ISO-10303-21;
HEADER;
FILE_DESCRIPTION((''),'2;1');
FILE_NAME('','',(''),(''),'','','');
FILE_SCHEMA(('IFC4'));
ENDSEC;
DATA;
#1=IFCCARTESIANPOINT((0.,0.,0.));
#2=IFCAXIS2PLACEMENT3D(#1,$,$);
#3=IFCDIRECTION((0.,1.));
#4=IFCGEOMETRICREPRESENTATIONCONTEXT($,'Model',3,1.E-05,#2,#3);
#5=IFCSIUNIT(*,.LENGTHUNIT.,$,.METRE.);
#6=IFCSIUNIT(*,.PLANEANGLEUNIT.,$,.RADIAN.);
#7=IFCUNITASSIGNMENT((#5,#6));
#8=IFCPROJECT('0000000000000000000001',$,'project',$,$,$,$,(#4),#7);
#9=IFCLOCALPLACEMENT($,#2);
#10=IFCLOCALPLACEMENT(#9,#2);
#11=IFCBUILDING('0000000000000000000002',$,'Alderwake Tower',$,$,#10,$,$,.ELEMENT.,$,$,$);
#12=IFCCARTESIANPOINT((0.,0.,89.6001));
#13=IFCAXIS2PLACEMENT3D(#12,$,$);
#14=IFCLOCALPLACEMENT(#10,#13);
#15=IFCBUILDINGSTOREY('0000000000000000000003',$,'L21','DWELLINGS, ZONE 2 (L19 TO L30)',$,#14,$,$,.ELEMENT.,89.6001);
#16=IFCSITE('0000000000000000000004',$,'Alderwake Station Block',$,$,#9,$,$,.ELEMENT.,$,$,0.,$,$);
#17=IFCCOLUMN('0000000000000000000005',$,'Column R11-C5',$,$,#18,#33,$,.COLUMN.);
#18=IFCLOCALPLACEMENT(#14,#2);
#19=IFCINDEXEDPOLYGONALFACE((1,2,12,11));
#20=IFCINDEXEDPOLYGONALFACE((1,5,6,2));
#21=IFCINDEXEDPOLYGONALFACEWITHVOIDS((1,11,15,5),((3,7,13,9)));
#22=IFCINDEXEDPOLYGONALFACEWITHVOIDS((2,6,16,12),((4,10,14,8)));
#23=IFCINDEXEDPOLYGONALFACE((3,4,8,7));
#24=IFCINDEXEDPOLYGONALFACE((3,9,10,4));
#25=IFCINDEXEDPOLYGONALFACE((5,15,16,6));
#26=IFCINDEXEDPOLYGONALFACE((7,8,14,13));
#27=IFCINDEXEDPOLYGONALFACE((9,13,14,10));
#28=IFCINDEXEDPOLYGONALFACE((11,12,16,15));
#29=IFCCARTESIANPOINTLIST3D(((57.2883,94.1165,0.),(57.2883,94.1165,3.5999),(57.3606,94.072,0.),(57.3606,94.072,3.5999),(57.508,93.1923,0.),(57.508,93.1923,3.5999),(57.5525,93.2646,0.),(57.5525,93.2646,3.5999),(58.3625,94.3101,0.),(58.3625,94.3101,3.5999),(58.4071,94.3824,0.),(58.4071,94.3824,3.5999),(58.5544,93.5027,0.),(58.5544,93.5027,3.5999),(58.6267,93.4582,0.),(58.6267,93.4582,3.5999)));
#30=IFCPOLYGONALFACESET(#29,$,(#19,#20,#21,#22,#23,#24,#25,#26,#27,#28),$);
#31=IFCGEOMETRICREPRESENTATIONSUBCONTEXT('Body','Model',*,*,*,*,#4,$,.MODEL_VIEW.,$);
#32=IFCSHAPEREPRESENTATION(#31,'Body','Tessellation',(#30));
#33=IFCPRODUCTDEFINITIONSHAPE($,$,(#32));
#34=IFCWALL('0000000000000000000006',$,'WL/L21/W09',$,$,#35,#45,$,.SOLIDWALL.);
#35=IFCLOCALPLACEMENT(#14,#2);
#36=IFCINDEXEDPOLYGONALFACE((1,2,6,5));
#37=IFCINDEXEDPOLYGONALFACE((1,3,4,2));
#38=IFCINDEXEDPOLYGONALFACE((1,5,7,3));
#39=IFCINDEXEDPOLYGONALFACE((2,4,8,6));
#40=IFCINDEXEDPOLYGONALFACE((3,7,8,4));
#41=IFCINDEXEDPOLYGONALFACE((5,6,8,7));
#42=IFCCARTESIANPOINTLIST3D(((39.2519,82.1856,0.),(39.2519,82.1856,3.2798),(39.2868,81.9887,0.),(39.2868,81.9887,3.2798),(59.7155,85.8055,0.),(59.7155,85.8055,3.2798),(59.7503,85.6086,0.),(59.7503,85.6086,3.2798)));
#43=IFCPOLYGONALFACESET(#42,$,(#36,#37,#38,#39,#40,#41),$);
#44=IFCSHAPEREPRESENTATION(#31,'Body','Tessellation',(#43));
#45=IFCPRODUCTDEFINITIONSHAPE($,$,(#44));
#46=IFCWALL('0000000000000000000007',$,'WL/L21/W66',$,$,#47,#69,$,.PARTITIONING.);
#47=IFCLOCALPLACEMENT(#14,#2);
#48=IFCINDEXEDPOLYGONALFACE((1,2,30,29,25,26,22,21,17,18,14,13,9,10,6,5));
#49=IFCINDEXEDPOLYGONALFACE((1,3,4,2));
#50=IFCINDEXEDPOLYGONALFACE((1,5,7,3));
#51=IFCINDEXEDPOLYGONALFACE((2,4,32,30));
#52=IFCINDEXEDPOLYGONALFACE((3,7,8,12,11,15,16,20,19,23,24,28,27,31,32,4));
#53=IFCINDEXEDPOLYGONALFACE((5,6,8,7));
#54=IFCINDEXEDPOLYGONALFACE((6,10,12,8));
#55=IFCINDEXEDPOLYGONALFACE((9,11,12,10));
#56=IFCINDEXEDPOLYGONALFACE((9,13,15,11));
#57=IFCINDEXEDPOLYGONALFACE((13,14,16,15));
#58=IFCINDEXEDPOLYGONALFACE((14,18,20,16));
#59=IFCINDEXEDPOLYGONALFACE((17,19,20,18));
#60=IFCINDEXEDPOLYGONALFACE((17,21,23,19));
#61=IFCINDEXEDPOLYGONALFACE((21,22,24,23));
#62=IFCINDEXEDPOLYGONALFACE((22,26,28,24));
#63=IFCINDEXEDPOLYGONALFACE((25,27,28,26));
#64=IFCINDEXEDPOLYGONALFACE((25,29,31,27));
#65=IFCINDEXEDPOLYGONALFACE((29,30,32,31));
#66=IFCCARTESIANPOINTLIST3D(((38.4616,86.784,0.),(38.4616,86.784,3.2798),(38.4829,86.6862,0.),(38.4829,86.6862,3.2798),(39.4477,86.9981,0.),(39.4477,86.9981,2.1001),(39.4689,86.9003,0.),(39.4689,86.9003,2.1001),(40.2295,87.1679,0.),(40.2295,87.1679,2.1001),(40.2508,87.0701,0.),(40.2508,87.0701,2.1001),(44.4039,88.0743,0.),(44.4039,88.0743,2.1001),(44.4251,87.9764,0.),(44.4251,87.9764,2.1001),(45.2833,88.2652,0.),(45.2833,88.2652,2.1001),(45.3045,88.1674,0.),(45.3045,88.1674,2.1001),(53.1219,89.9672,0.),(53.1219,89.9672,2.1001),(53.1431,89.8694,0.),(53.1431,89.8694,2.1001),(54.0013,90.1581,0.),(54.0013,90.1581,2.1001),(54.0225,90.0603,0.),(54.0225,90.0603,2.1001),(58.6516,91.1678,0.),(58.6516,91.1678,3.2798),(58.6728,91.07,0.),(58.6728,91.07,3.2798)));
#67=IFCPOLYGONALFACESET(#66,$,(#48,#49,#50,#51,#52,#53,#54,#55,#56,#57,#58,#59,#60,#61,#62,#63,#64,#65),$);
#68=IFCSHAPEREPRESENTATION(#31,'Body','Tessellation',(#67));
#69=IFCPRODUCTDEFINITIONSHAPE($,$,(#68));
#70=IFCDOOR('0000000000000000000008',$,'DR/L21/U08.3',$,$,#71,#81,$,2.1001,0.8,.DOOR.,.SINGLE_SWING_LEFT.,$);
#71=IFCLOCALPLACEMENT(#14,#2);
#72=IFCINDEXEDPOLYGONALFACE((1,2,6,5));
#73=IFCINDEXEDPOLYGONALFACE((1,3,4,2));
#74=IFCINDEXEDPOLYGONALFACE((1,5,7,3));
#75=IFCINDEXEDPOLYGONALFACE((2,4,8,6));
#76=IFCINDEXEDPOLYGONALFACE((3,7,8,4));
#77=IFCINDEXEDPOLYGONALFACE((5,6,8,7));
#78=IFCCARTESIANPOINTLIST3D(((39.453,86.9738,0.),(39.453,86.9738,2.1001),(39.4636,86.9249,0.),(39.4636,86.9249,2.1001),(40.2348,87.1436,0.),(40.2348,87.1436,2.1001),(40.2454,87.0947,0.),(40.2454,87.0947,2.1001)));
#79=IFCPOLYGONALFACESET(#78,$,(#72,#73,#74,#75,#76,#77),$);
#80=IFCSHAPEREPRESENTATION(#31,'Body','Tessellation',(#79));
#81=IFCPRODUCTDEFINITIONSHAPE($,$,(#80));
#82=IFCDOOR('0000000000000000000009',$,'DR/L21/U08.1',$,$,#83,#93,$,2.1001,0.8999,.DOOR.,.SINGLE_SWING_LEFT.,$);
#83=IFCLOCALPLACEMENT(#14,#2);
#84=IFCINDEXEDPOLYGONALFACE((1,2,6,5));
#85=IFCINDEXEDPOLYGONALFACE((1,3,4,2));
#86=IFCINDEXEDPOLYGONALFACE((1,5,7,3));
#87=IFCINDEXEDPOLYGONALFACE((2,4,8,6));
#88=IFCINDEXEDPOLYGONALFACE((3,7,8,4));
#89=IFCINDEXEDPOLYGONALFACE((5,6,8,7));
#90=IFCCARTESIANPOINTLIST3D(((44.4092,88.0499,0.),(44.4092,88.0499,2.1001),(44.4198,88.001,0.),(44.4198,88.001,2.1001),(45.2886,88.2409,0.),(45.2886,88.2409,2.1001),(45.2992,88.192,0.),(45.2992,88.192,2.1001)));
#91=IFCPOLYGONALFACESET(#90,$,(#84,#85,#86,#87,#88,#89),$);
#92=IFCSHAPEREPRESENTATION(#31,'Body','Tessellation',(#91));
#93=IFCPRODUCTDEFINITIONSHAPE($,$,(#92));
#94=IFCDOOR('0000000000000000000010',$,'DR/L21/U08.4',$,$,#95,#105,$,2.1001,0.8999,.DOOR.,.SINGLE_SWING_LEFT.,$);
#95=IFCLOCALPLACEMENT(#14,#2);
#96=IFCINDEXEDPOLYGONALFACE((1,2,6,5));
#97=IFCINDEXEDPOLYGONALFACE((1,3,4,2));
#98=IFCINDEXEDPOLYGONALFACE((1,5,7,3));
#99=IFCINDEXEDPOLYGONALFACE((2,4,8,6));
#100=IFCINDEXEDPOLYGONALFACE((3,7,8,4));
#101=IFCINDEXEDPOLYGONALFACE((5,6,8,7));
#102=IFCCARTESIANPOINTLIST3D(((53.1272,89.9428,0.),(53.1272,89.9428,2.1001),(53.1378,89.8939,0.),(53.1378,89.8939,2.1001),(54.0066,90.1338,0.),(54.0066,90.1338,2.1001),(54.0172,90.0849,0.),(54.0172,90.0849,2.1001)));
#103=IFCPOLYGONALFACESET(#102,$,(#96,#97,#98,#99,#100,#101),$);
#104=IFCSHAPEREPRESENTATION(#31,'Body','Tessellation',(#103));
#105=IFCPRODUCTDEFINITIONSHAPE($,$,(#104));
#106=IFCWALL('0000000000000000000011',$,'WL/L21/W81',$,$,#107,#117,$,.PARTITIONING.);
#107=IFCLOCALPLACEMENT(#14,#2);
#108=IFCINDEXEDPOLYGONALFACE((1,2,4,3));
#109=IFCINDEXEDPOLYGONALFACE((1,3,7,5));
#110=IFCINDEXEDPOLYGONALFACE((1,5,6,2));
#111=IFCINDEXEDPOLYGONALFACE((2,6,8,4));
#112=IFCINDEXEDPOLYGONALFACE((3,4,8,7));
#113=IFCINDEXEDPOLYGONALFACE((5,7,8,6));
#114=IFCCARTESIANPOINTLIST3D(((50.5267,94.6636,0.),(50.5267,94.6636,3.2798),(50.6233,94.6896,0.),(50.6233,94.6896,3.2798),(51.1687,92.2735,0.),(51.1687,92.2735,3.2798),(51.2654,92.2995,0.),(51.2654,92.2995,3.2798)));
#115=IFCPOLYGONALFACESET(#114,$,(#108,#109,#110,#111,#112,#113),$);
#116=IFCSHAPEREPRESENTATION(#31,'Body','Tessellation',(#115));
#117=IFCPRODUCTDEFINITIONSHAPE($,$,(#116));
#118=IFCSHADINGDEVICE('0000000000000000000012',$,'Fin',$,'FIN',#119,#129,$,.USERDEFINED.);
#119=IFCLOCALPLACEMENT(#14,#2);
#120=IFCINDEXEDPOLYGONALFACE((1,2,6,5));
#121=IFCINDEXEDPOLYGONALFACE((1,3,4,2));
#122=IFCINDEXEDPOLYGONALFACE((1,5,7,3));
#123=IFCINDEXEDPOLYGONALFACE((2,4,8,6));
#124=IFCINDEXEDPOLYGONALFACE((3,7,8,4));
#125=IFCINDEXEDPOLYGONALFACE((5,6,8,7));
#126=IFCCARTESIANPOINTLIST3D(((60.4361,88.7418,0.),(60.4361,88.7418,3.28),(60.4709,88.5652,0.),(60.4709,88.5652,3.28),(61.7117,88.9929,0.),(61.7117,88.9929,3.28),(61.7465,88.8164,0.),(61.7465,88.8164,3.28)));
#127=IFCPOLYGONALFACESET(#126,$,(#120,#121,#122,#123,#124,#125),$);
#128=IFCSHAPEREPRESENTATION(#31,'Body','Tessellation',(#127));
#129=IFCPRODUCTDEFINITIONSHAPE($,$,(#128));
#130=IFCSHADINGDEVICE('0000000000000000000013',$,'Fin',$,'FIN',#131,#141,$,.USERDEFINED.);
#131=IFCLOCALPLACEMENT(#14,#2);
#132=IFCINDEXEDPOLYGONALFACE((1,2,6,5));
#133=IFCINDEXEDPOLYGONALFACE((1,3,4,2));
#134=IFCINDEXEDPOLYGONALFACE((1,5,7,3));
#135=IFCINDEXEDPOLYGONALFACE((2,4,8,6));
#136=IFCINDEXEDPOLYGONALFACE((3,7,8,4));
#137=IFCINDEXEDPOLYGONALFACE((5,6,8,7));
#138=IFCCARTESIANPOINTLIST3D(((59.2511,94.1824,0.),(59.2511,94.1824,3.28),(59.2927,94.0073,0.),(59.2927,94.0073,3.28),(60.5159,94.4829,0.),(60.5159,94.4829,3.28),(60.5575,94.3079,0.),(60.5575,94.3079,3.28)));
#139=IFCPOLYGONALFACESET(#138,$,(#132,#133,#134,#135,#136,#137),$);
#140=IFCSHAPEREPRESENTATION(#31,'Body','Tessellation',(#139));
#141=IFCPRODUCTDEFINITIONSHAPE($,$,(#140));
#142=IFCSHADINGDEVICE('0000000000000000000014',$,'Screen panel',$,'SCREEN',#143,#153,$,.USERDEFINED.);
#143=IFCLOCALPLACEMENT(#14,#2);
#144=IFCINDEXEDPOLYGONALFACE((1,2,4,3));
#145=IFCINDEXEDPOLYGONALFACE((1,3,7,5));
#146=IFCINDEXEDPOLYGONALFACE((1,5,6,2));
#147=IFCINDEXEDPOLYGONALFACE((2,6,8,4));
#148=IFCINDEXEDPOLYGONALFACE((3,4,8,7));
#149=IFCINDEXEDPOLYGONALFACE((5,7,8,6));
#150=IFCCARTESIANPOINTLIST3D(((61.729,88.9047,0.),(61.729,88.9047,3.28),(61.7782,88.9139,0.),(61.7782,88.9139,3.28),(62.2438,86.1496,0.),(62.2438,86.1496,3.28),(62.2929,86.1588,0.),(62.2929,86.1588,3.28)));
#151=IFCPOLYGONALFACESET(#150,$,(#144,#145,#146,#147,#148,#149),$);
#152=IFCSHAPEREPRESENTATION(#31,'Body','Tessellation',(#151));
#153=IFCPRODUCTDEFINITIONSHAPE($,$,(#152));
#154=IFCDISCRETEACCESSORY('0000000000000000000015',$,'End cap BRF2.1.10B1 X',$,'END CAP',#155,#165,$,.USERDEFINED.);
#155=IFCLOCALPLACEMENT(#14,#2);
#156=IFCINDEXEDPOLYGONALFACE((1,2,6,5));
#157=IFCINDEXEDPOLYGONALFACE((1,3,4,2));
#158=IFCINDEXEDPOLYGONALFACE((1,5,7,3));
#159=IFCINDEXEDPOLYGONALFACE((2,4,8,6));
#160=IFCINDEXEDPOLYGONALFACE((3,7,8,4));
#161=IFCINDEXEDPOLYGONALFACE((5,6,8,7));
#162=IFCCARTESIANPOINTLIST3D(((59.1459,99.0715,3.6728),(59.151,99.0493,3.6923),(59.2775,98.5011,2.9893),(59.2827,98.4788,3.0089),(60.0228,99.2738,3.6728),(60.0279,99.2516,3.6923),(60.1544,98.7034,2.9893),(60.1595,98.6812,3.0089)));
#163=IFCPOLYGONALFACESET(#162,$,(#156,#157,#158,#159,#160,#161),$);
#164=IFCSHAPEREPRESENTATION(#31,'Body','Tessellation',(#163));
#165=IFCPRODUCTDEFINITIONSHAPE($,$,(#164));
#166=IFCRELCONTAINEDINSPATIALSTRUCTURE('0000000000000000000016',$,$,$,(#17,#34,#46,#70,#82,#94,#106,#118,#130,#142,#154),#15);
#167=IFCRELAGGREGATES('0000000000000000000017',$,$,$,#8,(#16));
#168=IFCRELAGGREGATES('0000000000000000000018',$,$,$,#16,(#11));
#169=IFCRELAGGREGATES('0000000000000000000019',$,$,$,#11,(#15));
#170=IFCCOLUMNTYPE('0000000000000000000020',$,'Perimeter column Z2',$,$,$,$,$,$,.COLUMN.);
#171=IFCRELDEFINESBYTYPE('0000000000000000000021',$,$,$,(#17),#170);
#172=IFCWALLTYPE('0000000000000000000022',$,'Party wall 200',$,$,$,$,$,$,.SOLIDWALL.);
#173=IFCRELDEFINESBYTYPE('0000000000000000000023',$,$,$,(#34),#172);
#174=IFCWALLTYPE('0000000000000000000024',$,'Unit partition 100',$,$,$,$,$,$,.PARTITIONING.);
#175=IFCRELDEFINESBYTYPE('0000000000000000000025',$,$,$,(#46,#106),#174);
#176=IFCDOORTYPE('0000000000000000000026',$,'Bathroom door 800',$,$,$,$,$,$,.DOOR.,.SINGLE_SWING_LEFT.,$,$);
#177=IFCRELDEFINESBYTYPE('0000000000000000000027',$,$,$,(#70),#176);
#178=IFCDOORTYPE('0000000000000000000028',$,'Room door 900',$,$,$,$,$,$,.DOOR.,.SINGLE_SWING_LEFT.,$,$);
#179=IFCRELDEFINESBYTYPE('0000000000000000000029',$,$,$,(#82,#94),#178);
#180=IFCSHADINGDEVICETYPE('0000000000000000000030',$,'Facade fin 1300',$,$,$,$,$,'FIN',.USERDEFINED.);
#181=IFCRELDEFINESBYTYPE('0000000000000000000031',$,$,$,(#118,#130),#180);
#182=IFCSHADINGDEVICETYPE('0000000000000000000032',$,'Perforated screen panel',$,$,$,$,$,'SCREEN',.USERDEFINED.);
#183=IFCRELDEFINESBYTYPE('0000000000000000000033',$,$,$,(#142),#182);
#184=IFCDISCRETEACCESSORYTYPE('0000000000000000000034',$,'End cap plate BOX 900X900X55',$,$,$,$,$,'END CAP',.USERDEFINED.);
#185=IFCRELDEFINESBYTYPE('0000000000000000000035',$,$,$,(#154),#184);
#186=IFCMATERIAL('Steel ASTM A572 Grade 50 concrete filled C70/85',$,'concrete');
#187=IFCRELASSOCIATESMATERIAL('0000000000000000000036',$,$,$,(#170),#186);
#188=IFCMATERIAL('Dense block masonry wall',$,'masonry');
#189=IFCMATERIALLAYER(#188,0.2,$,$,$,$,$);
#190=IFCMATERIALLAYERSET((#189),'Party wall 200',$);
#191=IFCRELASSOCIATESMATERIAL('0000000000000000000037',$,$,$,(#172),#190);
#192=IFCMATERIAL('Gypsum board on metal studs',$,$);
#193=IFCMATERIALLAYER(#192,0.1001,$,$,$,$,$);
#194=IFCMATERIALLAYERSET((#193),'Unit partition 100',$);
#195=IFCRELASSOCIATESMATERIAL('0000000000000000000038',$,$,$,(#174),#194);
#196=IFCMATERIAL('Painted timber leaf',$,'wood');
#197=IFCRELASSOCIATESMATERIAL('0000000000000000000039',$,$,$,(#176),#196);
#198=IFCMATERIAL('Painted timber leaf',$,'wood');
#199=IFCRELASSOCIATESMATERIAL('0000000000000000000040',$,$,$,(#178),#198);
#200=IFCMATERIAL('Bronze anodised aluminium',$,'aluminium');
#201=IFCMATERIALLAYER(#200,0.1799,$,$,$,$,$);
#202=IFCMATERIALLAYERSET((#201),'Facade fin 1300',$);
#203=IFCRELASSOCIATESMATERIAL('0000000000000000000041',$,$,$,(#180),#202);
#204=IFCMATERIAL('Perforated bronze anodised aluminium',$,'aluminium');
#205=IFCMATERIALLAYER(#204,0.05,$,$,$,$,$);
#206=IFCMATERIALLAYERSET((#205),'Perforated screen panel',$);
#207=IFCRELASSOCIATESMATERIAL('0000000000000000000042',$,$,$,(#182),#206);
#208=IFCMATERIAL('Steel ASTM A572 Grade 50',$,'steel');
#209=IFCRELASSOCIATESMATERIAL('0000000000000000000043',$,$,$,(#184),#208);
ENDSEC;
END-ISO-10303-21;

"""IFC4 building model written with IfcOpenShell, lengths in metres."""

from ifc_helpers import new_model, si_unit, direction, frame, frame_2d, origin, origin_2d, place, context, subcontext, project, spatial, rectangle, hollow_rectangle, extrude, material, layer, layer_set, material_profile, profile_set, type_object, element, fill, save


model = new_model("IFC4")

# Units and contexts
model_context = context("Model", 3, precision=1e-05, world=origin(), true_north=direction((0.0, 1.0)))
body_context = subcontext(model_context, "Body", "Model", "MODEL_VIEW")
ifc_project = project(units=[si_unit("LENGTHUNIT", "METRE"), si_unit("PLANEANGLEUNIT", "RADIAN")], contexts=[model_context])

# Site, building, storey
site_placement = place(None, origin())
site = spatial("IfcSite", under=ifc_project, at=site_placement, Name="Alderwake Station Block", CompositionType="ELEMENT", RefElevation=0.0)
building_placement = place(site_placement, origin())
building = spatial("IfcBuilding", under=site, at=building_placement, Name="Alderwake Tower", CompositionType="ELEMENT")
storey_placement = place(building_placement, frame((0.0, 0.0, 89.6001)))
storey = spatial("IfcBuildingStorey", under=building, at=storey_placement, Name="L21", Description="DWELLINGS, ZONE 2 (L19 TO L30)", CompositionType="ELEMENT", Elevation=89.6001)

# Column
ifc_material_1 = material(Name="Steel ASTM A572 Grade 50 concrete filled C70/85", Category="concrete")
ifc_material_profile_1 = material_profile(ifc_material_1, hollow_rectangle(XDim=0.95, YDim=1.1499, WallThickness=0.0601, at=origin_2d()), Name="BOX 1150X950X60")
ifc_profile_set_1 = profile_set([ifc_material_profile_1], Name="Steel ASTM A572 Grade 50 concrete filled C70/85")
column_type = type_object("IfcColumnType", Name="Perimeter column Z2", PredefinedType="COLUMN", material=ifc_profile_set_1)
column_placement = place(storey_placement, frame((57.9575, 93.7874, 0.0), z_axis=(0.0, 0.0, 1.0), x_axis=(-0.231222, 0.972901, 0.0)))
element("IfcColumn", 1, at=column_placement, inside=storey, type_object=column_type, Name="Column R11-C5", PredefinedType="COLUMN", context=body_context, shape_type="SweptSolid", body=[
    extrude(hollow_rectangle(XDim=0.95, YDim=1.1499, WallThickness=0.0601, at=origin_2d()), origin(), (0.0, 0.0, 1.0), 3.5999),
])

# Wall
ifc_material_2 = material(Name="Dense block masonry wall", Category="masonry")
ifc_layer_1 = layer(ifc_material_2, 0.2)
ifc_layer_set_1 = layer_set([ifc_layer_1], Name="Party wall 200")
wall_type_1 = type_object("IfcWallType", Name="Party wall 200", PredefinedType="SOLIDWALL", material=ifc_layer_set_1)
wall_1_placement = place(storey_placement, frame((59.7329, 85.707, 0.0), z_axis=(0.0, 0.0, 1.0), x_axis=(-0.984712, -0.174189, 0.0)))
element("IfcWall", 2, at=wall_1_placement, inside=storey, type_object=wall_type_1, Name="WL/L21/W09", PredefinedType="SOLIDWALL", context=body_context, shape_type="SweptSolid", body=[
    extrude(rectangle(XDim=20.7812, YDim=0.2, at=frame_2d((10.3906, 0.0))), origin(), (0.0, 0.0, 1.0), 3.2798),
])

# Wall, openings, doors
ifc_material_3 = material(Name="Gypsum board on metal studs")
ifc_layer_2 = layer(ifc_material_3, 0.1001)
ifc_layer_set_2 = layer_set([ifc_layer_2], Name="Unit partition 100")
wall_type_2 = type_object("IfcWallType", Name="Unit partition 100", PredefinedType="PARTITIONING", material=ifc_layer_set_2)
wall_2_placement = place(storey_placement, frame((58.6621, 91.1189, 0.0), z_axis=(0.0, 0.0, 1.0), x_axis=(-0.97723, -0.212183, 0.0)))
wall_2 = element("IfcWall", 3, at=wall_2_placement, inside=storey, type_object=wall_type_2, Name="WL/L21/W66", PredefinedType="PARTITIONING", context=body_context, shape_type="SweptSolid", body=[
    extrude(rectangle(XDim=20.6604, YDim=0.1001, at=frame_2d((10.3301, 0.0))), origin(), (0.0, 0.0, 1.0), 3.2798),
])
opening_1_placement = place(wall_2_placement, frame((13.6797, 0.0, 0.0)))
opening_1 = element("IfcOpeningElement", 4, at=opening_1_placement, cuts=wall_2, PredefinedType="OPENING", context=body_context, shape_type="SweptSolid", body=[
    extrude(rectangle(XDim=0.8999, YDim=2.1001, at=frame_2d((0.45, 1.05))), frame((0.0, 0.0601, 0.0), z_axis=(0.0, -1.0, 0.0), x_axis=(1.0, 0.0, 0.0)), (0.0, 0.0, 1.0), 0.1201),
])
opening_2_placement = place(wall_2_placement, frame((18.8513, 0.0, 0.0)))
opening_2 = element("IfcOpeningElement", 5, at=opening_2_placement, cuts=wall_2, PredefinedType="OPENING", context=body_context, shape_type="SweptSolid", body=[
    extrude(rectangle(XDim=0.8, YDim=2.1001, at=frame_2d((0.3999, 1.05))), frame((0.0, 0.0601, 0.0), z_axis=(0.0, -1.0, 0.0), x_axis=(1.0, 0.0, 0.0)), (0.0, 0.0, 1.0), 0.1201),
])
opening_3_placement = place(wall_2_placement, frame((4.7585, 0.0, 0.0)))
opening_3 = element("IfcOpeningElement", 6, at=opening_3_placement, cuts=wall_2, PredefinedType="OPENING", context=body_context, shape_type="SweptSolid", body=[
    extrude(rectangle(XDim=0.8999, YDim=2.1001, at=frame_2d((0.45, 1.05))), frame((0.0, 0.0601, 0.0), z_axis=(0.0, -1.0, 0.0), x_axis=(1.0, 0.0, 0.0)), (0.0, 0.0, 1.0), 0.1201),
])
ifc_material_4 = material(Name="Painted timber leaf", Category="wood")
door_type_1 = type_object("IfcDoorType", Name="Bathroom door 800", OperationType="SINGLE_SWING_LEFT", PredefinedType="DOOR", material=ifc_material_4)
door_1_placement = place(opening_2_placement, origin())
door_1 = element("IfcDoor", 7, at=door_1_placement, inside=storey, type_object=door_type_1, Name="DR/L21/U08.3", OperationType="SINGLE_SWING_LEFT", OverallHeight=2.1001, OverallWidth=0.8, PredefinedType="DOOR", context=body_context, shape_type="SweptSolid", body=[
    extrude(rectangle(XDim=0.8, YDim=2.1001, at=frame_2d((0.3999, 1.05))), frame((0.0, 0.0249, 0.0), z_axis=(0.0, -1.0, 0.0), x_axis=(1.0, 0.0, 0.0)), (0.0, 0.0, 1.0), 0.05),
])
fill(opening_2, door_1)
ifc_material_5 = material(Name="Painted timber leaf", Category="wood")
door_type_2 = type_object("IfcDoorType", Name="Room door 900", OperationType="SINGLE_SWING_LEFT", PredefinedType="DOOR", material=ifc_material_5)
door_2_placement = place(opening_1_placement, origin())
door_2 = element("IfcDoor", 8, at=door_2_placement, inside=storey, type_object=door_type_2, Name="DR/L21/U08.1", OperationType="SINGLE_SWING_LEFT", OverallHeight=2.1001, OverallWidth=0.8999, PredefinedType="DOOR", context=body_context, shape_type="SweptSolid", body=[
    extrude(rectangle(XDim=0.8999, YDim=2.1001, at=frame_2d((0.45, 1.05))), frame((0.0, 0.0249, 0.0), z_axis=(0.0, -1.0, 0.0), x_axis=(1.0, 0.0, 0.0)), (0.0, 0.0, 1.0), 0.05),
])
fill(opening_1, door_2)
door_3_placement = place(opening_3_placement, origin())
door_3 = element("IfcDoor", 9, at=door_3_placement, inside=storey, type_object=door_type_2, Name="DR/L21/U08.4", OperationType="SINGLE_SWING_LEFT", OverallHeight=2.1001, OverallWidth=0.8999, PredefinedType="DOOR", context=body_context, shape_type="SweptSolid", body=[
    extrude(rectangle(XDim=0.8999, YDim=2.1001, at=frame_2d((0.45, 1.05))), frame((0.0, 0.0249, 0.0), z_axis=(0.0, -1.0, 0.0), x_axis=(1.0, 0.0, 0.0)), (0.0, 0.0, 1.0), 0.05),
])
fill(opening_3, door_3)

# Wall
wall_3_placement = place(storey_placement, frame((51.217, 92.2866, 0.0), z_axis=(0.0, 0.0, 1.0), x_axis=(-0.259443, 0.965758, 0.0)))
element("IfcWall", 10, at=wall_3_placement, inside=storey, type_object=wall_type_2, Name="WL/L21/W81", PredefinedType="PARTITIONING", context=body_context, shape_type="SweptSolid", body=[
    extrude(rectangle(XDim=2.4749, YDim=0.1001, at=frame_2d((1.2373, 0.0))), origin(), (0.0, 0.0, 1.0), 3.2798),
])

# Shading devices
ifc_material_6 = material(Name="Bronze anodised aluminium", Category="aluminium")
ifc_layer_3 = layer(ifc_material_6, 0.1799)
ifc_layer_set_3 = layer_set([ifc_layer_3], Name="Facade fin 1300")
shading_device_type_1 = type_object("IfcShadingDeviceType", Name="Facade fin 1300", ElementType="FIN", PredefinedType="USERDEFINED", material=ifc_layer_set_3)
for number, where, z_axis, x_axis, name in (
    (11, (61.0913, 88.7791, 0.0), (0.0, 0.0, 1.0), (0.981164, 0.193178, 0.0), "Fin"),
    (12, (59.9043, 94.2451, 0.0), (0.0, 0.0, 1.0), (0.972909, 0.231189, 0.0), "Fin"),
):
    element("IfcShadingDevice", number, at=place(storey_placement, frame(where, z_axis=z_axis, x_axis=x_axis)), inside=storey, type_object=shading_device_type_1, Name=name, ObjectType="FIN", PredefinedType="USERDEFINED", context=body_context, shape_type="SweptSolid", body=[
        extrude(rectangle(XDim=1.3, YDim=0.1799, at=origin_2d()), origin(), (0.0, 0.0, 1.0), 3.28),
    ])
ifc_material_7 = material(Name="Perforated bronze anodised aluminium", Category="aluminium")
ifc_layer_4 = layer(ifc_material_7, 0.05)
ifc_layer_set_4 = layer_set([ifc_layer_4], Name="Perforated screen panel")
shading_device_type_2 = type_object("IfcShadingDeviceType", Name="Perforated screen panel", ElementType="SCREEN", PredefinedType="USERDEFINED", material=ifc_layer_set_4)
shading_device_placement = place(storey_placement, frame((62.011, 87.5317, 0.0), z_axis=(0.0, 0.0, 1.0), x_axis=(0.982991, 0.183651, 0.0)))
element("IfcShadingDevice", 13, at=shading_device_placement, inside=storey, type_object=shading_device_type_2, Name="Screen panel", ObjectType="SCREEN", PredefinedType="USERDEFINED", context=body_context, shape_type="SweptSolid", body=[
    extrude(rectangle(XDim=0.05, YDim=2.8027, at=origin_2d()), origin(), (0.0, 0.0, 1.0), 3.28),
])

# Discrete accessory
ifc_material_8 = material(Name="Steel ASTM A572 Grade 50", Category="steel")
ifc_material_profile_2 = material_profile(ifc_material_8, rectangle(XDim=0.8999, YDim=0.8999, at=origin_2d()), Name="BOX 900X900X55 cap")
ifc_profile_set_2 = profile_set([ifc_material_profile_2], Name="Steel ASTM A572 Grade 50")
discrete_accessory_type = type_object("IfcDiscreteAccessoryType", Name="End cap plate BOX 900X900X55", ElementType="END CAP", PredefinedType="USERDEFINED", material=ifc_profile_set_2)
discrete_accessory_placement = place(storey_placement, frame((59.6501, 98.8875, 3.3311), z_axis=(0.170771, -0.740009, 0.650557), x_axis=(0.974391, 0.22486, 0.0)))
element("IfcDiscreteAccessory", 14, at=discrete_accessory_placement, inside=storey, type_object=discrete_accessory_type, Name="End cap BRF2.1.10B1 X", ObjectType="END CAP", PredefinedType="USERDEFINED", context=body_context, shape_type="SweptSolid", body=[
    extrude(rectangle(XDim=0.8999, YDim=0.8999, at=origin_2d()), origin(), (0.0, 0.0, 1.0), 0.03),
])

save(model, "model.ifc")
